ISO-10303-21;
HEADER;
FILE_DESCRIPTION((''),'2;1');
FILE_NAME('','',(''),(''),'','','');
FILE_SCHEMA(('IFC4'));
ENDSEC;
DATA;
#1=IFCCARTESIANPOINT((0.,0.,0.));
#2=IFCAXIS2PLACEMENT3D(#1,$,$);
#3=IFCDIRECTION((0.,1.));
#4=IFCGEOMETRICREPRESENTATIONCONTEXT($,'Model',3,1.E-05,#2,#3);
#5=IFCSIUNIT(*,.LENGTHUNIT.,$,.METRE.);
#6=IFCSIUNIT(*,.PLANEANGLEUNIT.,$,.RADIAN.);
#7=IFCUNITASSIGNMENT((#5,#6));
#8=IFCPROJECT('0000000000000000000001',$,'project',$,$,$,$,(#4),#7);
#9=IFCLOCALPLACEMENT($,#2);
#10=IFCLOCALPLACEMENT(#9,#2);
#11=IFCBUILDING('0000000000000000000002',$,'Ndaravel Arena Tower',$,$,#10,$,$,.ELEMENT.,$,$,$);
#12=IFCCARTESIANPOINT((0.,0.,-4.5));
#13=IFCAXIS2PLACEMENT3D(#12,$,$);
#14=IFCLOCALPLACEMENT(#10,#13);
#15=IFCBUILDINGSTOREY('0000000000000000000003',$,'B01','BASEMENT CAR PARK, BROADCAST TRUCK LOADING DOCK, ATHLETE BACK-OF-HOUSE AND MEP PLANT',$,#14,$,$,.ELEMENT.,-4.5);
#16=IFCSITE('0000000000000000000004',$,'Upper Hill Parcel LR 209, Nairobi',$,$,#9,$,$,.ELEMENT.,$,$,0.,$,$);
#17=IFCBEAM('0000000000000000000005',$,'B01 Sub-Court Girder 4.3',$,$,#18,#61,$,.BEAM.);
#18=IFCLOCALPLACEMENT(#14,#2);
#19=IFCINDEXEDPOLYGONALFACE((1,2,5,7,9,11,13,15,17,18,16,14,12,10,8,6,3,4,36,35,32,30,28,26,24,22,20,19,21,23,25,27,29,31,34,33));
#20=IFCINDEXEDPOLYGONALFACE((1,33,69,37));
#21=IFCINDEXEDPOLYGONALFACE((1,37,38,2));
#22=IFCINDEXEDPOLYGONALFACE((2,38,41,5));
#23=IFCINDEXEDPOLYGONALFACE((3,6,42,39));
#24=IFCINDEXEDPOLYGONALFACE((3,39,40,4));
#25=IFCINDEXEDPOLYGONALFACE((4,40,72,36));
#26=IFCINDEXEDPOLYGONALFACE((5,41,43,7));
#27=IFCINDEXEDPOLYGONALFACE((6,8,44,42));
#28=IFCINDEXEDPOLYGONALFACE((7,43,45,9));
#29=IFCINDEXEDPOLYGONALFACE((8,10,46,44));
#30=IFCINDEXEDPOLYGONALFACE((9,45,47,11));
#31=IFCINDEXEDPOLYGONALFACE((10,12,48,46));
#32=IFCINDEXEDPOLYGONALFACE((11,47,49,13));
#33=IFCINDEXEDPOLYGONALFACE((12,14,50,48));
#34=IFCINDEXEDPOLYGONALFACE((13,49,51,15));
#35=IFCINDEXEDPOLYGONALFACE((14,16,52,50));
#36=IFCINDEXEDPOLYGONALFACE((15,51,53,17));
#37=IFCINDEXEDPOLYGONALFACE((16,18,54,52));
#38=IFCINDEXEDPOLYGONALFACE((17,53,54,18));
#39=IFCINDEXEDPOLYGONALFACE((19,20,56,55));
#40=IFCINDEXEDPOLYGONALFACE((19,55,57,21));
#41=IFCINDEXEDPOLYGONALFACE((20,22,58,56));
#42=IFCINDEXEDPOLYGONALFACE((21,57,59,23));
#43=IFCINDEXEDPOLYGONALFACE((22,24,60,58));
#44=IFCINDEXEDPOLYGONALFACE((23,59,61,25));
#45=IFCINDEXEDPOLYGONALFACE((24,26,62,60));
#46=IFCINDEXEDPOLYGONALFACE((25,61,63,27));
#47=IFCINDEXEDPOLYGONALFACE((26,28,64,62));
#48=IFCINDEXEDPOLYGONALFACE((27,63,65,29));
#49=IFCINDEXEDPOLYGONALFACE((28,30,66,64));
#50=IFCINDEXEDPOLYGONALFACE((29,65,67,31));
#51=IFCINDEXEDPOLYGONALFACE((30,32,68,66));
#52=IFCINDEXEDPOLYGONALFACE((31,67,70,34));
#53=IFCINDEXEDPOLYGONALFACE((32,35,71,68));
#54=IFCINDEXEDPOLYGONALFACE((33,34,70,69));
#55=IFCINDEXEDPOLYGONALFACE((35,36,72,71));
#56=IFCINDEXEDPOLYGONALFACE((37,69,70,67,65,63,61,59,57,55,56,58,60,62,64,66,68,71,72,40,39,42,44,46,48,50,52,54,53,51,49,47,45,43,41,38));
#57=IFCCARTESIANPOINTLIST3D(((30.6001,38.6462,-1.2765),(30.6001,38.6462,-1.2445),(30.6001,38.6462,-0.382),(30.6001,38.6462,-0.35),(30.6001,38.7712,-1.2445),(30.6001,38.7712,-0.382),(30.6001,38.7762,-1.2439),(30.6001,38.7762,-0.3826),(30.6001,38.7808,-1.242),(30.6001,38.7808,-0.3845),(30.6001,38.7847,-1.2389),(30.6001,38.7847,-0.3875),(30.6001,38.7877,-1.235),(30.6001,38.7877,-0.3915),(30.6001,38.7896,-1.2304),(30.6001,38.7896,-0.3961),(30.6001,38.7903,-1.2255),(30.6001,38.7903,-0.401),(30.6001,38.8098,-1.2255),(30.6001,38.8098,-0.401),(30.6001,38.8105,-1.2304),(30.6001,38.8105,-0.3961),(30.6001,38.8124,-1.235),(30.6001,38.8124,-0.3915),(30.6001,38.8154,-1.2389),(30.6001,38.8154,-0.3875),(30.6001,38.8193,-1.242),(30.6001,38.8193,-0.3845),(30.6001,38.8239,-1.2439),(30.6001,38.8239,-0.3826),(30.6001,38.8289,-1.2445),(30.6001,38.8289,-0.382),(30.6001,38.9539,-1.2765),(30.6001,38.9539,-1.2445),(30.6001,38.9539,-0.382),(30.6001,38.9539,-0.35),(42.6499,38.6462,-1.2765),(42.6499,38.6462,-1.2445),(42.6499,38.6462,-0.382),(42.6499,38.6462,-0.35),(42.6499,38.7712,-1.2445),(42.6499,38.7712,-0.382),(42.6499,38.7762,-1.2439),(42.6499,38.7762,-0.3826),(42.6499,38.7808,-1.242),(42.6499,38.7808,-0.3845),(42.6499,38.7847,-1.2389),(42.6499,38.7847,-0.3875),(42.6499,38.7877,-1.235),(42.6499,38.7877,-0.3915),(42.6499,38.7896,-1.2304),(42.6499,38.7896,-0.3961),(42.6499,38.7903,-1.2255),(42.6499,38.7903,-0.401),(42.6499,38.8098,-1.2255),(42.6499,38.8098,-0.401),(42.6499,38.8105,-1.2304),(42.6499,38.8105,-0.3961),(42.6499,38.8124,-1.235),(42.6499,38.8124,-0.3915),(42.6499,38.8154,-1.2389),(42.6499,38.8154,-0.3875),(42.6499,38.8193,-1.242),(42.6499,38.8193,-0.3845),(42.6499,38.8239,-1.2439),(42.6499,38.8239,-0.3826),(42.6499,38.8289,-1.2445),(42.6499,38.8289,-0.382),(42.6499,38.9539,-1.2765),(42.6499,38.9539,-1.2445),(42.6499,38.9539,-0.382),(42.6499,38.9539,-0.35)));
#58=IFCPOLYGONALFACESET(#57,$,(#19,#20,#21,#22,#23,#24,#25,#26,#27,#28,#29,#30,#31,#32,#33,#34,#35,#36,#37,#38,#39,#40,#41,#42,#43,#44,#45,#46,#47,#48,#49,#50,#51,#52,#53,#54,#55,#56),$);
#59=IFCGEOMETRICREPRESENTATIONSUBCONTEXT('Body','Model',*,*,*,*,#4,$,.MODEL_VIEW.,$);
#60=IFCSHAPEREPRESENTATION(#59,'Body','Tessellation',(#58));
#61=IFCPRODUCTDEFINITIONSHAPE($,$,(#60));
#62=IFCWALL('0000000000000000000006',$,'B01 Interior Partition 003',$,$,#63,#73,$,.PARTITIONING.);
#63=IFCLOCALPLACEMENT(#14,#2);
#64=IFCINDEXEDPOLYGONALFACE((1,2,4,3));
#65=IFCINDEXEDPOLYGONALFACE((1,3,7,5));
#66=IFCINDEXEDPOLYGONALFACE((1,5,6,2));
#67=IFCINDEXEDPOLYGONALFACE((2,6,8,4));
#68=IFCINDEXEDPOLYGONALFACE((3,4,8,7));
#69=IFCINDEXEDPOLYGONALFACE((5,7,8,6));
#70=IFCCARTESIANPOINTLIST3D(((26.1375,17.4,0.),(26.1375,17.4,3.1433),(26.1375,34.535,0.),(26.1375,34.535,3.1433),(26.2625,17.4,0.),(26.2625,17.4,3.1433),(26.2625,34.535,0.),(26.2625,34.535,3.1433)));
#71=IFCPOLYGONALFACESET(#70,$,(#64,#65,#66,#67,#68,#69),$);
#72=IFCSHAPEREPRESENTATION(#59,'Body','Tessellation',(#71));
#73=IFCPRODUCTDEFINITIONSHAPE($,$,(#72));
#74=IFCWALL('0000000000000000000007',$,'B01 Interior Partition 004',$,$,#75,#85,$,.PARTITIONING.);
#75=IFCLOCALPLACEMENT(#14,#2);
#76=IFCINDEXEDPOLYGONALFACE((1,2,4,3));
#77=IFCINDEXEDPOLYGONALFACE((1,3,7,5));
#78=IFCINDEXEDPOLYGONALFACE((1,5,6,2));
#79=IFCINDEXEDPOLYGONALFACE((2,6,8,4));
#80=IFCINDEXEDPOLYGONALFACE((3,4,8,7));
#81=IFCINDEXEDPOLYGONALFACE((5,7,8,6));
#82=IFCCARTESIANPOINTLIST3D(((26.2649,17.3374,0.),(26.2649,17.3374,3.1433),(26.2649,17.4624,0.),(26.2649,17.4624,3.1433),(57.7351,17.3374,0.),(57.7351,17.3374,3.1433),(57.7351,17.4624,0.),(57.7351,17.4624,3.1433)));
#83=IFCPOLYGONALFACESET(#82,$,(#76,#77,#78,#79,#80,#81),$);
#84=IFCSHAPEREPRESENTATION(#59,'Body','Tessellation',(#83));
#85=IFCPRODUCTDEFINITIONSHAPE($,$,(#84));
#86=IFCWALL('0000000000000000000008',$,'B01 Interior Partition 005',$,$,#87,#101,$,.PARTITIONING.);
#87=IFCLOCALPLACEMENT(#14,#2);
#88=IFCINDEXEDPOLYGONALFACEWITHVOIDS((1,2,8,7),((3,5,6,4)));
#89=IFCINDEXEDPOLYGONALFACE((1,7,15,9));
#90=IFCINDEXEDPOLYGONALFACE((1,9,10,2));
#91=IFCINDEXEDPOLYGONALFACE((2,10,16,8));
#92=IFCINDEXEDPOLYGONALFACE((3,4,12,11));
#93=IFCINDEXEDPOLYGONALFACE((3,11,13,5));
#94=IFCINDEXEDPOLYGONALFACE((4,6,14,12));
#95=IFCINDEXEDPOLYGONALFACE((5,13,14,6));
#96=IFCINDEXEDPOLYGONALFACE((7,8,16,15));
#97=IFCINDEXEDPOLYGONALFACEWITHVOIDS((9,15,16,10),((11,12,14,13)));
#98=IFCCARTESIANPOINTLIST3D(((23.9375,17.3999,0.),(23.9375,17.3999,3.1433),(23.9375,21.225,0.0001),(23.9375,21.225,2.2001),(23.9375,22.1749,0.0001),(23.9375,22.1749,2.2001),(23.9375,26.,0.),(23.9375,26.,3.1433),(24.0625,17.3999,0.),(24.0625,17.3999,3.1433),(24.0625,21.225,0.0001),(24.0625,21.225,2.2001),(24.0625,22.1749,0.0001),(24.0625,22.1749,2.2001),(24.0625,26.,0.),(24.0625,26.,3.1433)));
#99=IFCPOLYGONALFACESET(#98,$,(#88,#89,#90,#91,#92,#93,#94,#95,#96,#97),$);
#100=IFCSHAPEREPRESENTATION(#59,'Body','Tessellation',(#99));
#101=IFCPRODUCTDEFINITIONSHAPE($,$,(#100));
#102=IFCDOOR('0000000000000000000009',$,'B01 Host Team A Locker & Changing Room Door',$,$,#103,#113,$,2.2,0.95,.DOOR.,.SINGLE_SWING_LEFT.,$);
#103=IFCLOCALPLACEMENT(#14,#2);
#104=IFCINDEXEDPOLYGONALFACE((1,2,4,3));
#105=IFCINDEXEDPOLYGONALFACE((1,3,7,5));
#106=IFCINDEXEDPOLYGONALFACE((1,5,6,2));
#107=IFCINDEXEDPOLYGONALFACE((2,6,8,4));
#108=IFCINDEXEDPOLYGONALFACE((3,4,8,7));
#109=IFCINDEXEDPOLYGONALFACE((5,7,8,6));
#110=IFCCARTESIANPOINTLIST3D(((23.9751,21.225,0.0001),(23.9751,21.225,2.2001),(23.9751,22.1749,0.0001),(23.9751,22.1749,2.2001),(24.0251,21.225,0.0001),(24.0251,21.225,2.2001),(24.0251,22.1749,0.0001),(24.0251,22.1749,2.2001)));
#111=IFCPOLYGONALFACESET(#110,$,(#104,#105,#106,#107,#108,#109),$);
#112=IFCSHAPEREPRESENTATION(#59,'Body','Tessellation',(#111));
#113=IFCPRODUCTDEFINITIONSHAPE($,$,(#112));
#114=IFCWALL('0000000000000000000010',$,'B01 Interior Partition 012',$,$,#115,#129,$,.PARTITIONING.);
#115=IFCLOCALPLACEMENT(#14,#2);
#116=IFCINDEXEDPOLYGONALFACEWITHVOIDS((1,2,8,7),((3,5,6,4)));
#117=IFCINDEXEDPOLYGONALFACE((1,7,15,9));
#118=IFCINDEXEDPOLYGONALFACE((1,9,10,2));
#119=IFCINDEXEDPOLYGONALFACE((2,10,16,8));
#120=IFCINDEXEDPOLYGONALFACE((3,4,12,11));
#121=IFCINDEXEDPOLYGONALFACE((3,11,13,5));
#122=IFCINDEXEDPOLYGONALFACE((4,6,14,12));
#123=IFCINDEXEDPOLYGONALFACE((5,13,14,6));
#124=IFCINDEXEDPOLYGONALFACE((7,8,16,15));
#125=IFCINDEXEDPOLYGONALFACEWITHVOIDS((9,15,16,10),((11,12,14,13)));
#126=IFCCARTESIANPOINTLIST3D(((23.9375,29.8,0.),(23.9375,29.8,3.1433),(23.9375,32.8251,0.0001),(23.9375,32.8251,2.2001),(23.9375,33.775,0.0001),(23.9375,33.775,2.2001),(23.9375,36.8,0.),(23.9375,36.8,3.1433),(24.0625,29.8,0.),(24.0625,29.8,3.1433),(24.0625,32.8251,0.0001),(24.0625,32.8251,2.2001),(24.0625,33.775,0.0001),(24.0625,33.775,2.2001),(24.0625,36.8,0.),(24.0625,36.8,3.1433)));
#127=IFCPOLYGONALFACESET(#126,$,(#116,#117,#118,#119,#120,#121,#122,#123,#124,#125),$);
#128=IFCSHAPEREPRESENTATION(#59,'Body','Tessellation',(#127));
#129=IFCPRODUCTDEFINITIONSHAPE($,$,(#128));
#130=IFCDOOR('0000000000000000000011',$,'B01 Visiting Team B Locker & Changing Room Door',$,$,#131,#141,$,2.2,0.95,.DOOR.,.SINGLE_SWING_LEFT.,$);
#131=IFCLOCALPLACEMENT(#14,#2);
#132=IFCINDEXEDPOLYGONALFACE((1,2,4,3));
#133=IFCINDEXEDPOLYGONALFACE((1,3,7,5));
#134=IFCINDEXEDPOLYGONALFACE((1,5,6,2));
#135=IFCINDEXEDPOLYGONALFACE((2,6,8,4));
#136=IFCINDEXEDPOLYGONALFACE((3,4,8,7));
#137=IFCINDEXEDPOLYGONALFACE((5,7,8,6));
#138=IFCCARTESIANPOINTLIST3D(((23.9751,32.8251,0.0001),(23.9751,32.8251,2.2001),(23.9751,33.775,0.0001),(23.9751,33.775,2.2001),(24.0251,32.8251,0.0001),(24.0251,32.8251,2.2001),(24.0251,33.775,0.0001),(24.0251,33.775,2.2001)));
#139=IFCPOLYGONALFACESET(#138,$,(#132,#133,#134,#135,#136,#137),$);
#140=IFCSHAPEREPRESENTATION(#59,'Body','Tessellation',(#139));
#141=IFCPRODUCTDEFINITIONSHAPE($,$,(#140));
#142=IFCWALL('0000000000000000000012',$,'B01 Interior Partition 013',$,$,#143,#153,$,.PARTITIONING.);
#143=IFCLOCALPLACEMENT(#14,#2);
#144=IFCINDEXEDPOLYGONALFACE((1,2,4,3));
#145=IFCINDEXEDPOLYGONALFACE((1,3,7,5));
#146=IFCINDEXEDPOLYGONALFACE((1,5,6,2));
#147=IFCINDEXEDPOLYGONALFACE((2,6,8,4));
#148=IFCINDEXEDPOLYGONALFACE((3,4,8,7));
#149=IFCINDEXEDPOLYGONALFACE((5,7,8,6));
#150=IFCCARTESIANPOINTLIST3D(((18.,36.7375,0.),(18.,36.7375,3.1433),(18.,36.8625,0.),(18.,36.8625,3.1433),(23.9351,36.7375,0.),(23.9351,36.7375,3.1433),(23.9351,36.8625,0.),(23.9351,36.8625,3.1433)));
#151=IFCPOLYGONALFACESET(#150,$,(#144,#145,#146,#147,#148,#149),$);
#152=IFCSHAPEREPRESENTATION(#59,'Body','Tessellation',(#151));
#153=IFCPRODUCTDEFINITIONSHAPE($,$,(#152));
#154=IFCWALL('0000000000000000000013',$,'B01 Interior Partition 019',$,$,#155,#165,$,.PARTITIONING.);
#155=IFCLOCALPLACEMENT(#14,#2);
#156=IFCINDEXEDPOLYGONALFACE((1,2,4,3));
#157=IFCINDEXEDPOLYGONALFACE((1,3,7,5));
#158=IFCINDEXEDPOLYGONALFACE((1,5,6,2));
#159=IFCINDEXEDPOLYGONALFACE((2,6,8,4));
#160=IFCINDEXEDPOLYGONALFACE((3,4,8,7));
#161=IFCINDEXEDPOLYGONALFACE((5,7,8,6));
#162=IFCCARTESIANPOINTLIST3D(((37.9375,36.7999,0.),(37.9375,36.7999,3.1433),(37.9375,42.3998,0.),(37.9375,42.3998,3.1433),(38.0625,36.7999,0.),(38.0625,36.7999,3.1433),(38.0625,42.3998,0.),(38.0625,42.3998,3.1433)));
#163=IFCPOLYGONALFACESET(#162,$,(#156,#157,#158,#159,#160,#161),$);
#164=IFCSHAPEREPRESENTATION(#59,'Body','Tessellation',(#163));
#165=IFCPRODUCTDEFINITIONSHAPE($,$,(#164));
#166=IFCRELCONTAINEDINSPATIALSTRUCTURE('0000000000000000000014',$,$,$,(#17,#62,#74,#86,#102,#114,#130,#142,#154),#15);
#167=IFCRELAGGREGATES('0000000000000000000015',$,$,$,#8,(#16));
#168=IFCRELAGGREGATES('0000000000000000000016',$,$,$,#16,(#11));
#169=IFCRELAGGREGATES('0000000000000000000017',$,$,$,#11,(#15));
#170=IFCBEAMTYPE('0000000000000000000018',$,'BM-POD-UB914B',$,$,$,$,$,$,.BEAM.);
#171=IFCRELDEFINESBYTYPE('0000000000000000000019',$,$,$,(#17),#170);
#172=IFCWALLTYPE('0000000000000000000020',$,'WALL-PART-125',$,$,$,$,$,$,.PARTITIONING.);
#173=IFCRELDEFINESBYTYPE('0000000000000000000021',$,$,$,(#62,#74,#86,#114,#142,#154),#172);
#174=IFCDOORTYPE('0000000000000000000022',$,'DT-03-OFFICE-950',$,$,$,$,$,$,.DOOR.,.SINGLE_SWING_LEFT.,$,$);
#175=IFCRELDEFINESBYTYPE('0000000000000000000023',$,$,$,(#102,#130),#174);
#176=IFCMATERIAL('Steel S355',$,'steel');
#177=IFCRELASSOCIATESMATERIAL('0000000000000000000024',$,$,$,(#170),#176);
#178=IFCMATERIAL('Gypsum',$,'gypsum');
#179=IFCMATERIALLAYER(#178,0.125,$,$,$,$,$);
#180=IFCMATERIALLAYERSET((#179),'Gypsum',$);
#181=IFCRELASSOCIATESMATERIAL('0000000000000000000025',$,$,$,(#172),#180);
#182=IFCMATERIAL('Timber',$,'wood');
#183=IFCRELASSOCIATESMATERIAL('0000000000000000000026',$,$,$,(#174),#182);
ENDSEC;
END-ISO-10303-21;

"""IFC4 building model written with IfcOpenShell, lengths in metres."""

from ifc_helpers import new_model, si_unit, direction, frame, frame_2d, origin, origin_2d, place, context, subcontext, project, spatial, rectangle, i_section, extrude, material, layer, layer_set, material_profile, profile_set, type_object, element, fill, save


model = new_model("IFC4")

# Units and contexts
model_context = context("Model", 3, precision=1e-05, world=origin(), true_north=direction((0.0, 1.0)))
body_context = subcontext(model_context, "Body", "Model", "MODEL_VIEW")
ifc_project = project(units=[si_unit("LENGTHUNIT", "METRE"), si_unit("PLANEANGLEUNIT", "RADIAN")], contexts=[model_context])

# Site, building, storey
site_placement = place(None, origin())
site = spatial("IfcSite", under=ifc_project, at=site_placement, Name="Upper Hill Parcel LR 209, Nairobi", CompositionType="ELEMENT", RefElevation=0.0)
building_placement = place(site_placement, origin())
building = spatial("IfcBuilding", under=site, at=building_placement, Name="Ndaravel Arena Tower", CompositionType="ELEMENT")
storey_placement = place(building_placement, frame((0.0, 0.0, -4.5)))
storey = spatial("IfcBuildingStorey", under=building, at=storey_placement, Name="B01", Description="BASEMENT CAR PARK, BROADCAST TRUCK LOADING DOCK, ATHLETE BACK-OF-HOUSE AND MEP PLANT", CompositionType="ELEMENT", Elevation=-4.5)

# Beam
ifc_material_1 = material(Name="Steel S355", Category="steel")
ifc_material_profile_1 = material_profile(ifc_material_1, i_section(OverallWidth=0.3076, OverallDepth=0.9265, WebThickness=0.0195, FlangeThickness=0.032, FilletRadius=0.019, at=origin_2d()), Name="UB 914x305x289")
ifc_profile_set_1 = profile_set([ifc_material_profile_1], Name="Steel S355")
beam_type_1 = type_object("IfcBeamType", Name="BM-POD-UB914B", PredefinedType="BEAM", material=ifc_profile_set_1)
for number, where, z_axis, x_axis, name in (
    (1, (30.6001, 38.8, -0.8132), (1.0, 0.0, 0.0), (0.0, 1.0, 0.0), "B01 Sub-Court Girder 4.3"),
):
    element("IfcBeam", number, at=place(storey_placement, frame(where, z_axis=z_axis, x_axis=x_axis)), inside=storey, type_object=beam_type_1, Name=name, PredefinedType="BEAM", context=body_context, shape_type="SweptSolid", body=[
        extrude(i_section(OverallWidth=0.3076, OverallDepth=0.9265, WebThickness=0.0195, FlangeThickness=0.032, FilletRadius=0.019, at=origin_2d()), origin(), (0.0, 0.0, 1.0), 12.0498),
    ])

# Walls
ifc_material_2 = material(Name="Gypsum", Category="gypsum")
ifc_layer_1 = layer(ifc_material_2, 0.125)
ifc_layer_set_1 = layer_set([ifc_layer_1], Name="Gypsum")
wall_type_1 = type_object("IfcWallType", Name="WALL-PART-125", PredefinedType="PARTITIONING", material=ifc_layer_set_1)
wall_1_placement = place(storey_placement, frame((26.2, 34.5349, 0.0), z_axis=(0.0, 0.0, 1.0), x_axis=(0.0, -1.0, 0.0)))
element("IfcWall", 2, at=wall_1_placement, inside=storey, type_object=wall_type_1, Name="B01 Interior Partition 003", PredefinedType="PARTITIONING", context=body_context, shape_type="SweptSolid", body=[
    extrude(rectangle(XDim=17.135, YDim=0.125, at=frame_2d((8.5674, 0.0))), origin(), (0.0, 0.0, 1.0), 3.1433),
])
wall_2_placement = place(storey_placement, frame((26.2649, 17.3999, 0.0), z_axis=(0.0, 0.0, 1.0), x_axis=(1.0, 0.0, 0.0)))
element("IfcWall", 3, at=wall_2_placement, inside=storey, type_object=wall_type_1, Name="B01 Interior Partition 004", PredefinedType="PARTITIONING", context=body_context, shape_type="SweptSolid", body=[
    extrude(rectangle(XDim=31.4702, YDim=0.125, at=frame_2d((15.7351, 0.0))), origin(), (0.0, 0.0, 1.0), 3.1433),
])

# Walls, openings, doors
wall_3_placement = place(storey_placement, frame((24.0, 17.3999, 0.0), z_axis=(0.0, 0.0, 1.0), x_axis=(0.0, 1.0, 0.0)))
wall_3 = element("IfcWall", 4, at=wall_3_placement, inside=storey, type_object=wall_type_1, Name="B01 Interior Partition 005", PredefinedType="PARTITIONING", context=body_context, shape_type="SweptSolid", body=[
    extrude(rectangle(XDim=8.6001, YDim=0.125, at=frame_2d((4.3, 0.0))), origin(), (0.0, 0.0, 1.0), 3.1433),
])
opening_1_placement = place(wall_3_placement, frame((3.825, 0.0, 0.0)))
opening_1 = element("IfcOpeningElement", 5, at=opening_1_placement, cuts=wall_3, PredefinedType="OPENING", context=body_context, shape_type="SweptSolid", body=[
    extrude(rectangle(XDim=0.95, YDim=2.2, at=frame_2d((0.4751, 1.1001))), frame((0.0, 0.0625, 0.0), z_axis=(0.0, -1.0, 0.0), x_axis=(1.0, 0.0, 0.0)), (0.0, 0.0, 1.0), 0.125),
])
ifc_material_3 = material(Name="Timber", Category="wood")
door_type_1 = type_object("IfcDoorType", Name="DT-03-OFFICE-950", OperationType="SINGLE_SWING_LEFT", PredefinedType="DOOR", material=ifc_material_3)
door_1_placement = place(opening_1_placement, origin())
door_1 = element("IfcDoor", 6, at=door_1_placement, inside=storey, type_object=door_type_1, Name="B01 Host Team A Locker & Changing Room Door", OperationType="SINGLE_SWING_LEFT", OverallHeight=2.2, OverallWidth=0.95, PredefinedType="DOOR", context=body_context, shape_type="SweptSolid", body=[
    extrude(rectangle(XDim=0.95, YDim=2.2, at=frame_2d((0.4751, 1.1001))), frame((0.0, 0.0249, 0.0), z_axis=(0.0, -1.0, 0.0), x_axis=(1.0, 0.0, 0.0)), (0.0, 0.0, 1.0), 0.05),
])
fill(opening_1, door_1)
wall_4_placement = place(storey_placement, frame((24.0, 29.8, 0.0), z_axis=(0.0, 0.0, 1.0), x_axis=(0.0, 1.0, 0.0)))
wall_4 = element("IfcWall", 7, at=wall_4_placement, inside=storey, type_object=wall_type_1, Name="B01 Interior Partition 012", PredefinedType="PARTITIONING", context=body_context, shape_type="SweptSolid", body=[
    extrude(rectangle(XDim=7.0, YDim=0.125, at=frame_2d((3.5, 0.0))), origin(), (0.0, 0.0, 1.0), 3.1433),
])
opening_2_placement = place(wall_4_placement, frame((3.0249, 0.0, 0.0)))
opening_2 = element("IfcOpeningElement", 8, at=opening_2_placement, cuts=wall_4, PredefinedType="OPENING", context=body_context, shape_type="SweptSolid", body=[
    extrude(rectangle(XDim=0.95, YDim=2.2, at=frame_2d((0.4751, 1.1001))), frame((0.0, 0.0625, 0.0), z_axis=(0.0, -1.0, 0.0), x_axis=(1.0, 0.0, 0.0)), (0.0, 0.0, 1.0), 0.125),
])
door_2_placement = place(opening_2_placement, origin())
door_2 = element("IfcDoor", 9, at=door_2_placement, inside=storey, type_object=door_type_1, Name="B01 Visiting Team B Locker & Changing Room Door", OperationType="SINGLE_SWING_LEFT", OverallHeight=2.2, OverallWidth=0.95, PredefinedType="DOOR", context=body_context, shape_type="SweptSolid", body=[
    extrude(rectangle(XDim=0.95, YDim=2.2, at=frame_2d((0.4751, 1.1001))), frame((0.0, 0.0249, 0.0), z_axis=(0.0, -1.0, 0.0), x_axis=(1.0, 0.0, 0.0)), (0.0, 0.0, 1.0), 0.05),
])
fill(opening_2, door_2)

# Walls
wall_5_placement = place(storey_placement, frame((23.9351, 36.8, 0.0), z_axis=(0.0, 0.0, 1.0), x_axis=(-1.0, 0.0, 0.0)))
element("IfcWall", 10, at=wall_5_placement, inside=storey, type_object=wall_type_1, Name="B01 Interior Partition 013", PredefinedType="PARTITIONING", context=body_context, shape_type="SweptSolid", body=[
    extrude(rectangle(XDim=5.9351, YDim=0.125, at=frame_2d((2.9675, 0.0))), origin(), (0.0, 0.0, 1.0), 3.1433),
])
wall_6_placement = place(storey_placement, frame((38.0, 36.8, 0.0), z_axis=(0.0, 0.0, 1.0), x_axis=(0.0, 1.0, 0.0)))
element("IfcWall", 11, at=wall_6_placement, inside=storey, type_object=wall_type_1, Name="B01 Interior Partition 019", PredefinedType="PARTITIONING", context=body_context, shape_type="SweptSolid", body=[
    extrude(rectangle(XDim=5.5999, YDim=0.125, at=frame_2d((2.7998, 0.0))), origin(), (0.0, 0.0, 1.0), 3.1433),
])

save(model, "model.ifc")
